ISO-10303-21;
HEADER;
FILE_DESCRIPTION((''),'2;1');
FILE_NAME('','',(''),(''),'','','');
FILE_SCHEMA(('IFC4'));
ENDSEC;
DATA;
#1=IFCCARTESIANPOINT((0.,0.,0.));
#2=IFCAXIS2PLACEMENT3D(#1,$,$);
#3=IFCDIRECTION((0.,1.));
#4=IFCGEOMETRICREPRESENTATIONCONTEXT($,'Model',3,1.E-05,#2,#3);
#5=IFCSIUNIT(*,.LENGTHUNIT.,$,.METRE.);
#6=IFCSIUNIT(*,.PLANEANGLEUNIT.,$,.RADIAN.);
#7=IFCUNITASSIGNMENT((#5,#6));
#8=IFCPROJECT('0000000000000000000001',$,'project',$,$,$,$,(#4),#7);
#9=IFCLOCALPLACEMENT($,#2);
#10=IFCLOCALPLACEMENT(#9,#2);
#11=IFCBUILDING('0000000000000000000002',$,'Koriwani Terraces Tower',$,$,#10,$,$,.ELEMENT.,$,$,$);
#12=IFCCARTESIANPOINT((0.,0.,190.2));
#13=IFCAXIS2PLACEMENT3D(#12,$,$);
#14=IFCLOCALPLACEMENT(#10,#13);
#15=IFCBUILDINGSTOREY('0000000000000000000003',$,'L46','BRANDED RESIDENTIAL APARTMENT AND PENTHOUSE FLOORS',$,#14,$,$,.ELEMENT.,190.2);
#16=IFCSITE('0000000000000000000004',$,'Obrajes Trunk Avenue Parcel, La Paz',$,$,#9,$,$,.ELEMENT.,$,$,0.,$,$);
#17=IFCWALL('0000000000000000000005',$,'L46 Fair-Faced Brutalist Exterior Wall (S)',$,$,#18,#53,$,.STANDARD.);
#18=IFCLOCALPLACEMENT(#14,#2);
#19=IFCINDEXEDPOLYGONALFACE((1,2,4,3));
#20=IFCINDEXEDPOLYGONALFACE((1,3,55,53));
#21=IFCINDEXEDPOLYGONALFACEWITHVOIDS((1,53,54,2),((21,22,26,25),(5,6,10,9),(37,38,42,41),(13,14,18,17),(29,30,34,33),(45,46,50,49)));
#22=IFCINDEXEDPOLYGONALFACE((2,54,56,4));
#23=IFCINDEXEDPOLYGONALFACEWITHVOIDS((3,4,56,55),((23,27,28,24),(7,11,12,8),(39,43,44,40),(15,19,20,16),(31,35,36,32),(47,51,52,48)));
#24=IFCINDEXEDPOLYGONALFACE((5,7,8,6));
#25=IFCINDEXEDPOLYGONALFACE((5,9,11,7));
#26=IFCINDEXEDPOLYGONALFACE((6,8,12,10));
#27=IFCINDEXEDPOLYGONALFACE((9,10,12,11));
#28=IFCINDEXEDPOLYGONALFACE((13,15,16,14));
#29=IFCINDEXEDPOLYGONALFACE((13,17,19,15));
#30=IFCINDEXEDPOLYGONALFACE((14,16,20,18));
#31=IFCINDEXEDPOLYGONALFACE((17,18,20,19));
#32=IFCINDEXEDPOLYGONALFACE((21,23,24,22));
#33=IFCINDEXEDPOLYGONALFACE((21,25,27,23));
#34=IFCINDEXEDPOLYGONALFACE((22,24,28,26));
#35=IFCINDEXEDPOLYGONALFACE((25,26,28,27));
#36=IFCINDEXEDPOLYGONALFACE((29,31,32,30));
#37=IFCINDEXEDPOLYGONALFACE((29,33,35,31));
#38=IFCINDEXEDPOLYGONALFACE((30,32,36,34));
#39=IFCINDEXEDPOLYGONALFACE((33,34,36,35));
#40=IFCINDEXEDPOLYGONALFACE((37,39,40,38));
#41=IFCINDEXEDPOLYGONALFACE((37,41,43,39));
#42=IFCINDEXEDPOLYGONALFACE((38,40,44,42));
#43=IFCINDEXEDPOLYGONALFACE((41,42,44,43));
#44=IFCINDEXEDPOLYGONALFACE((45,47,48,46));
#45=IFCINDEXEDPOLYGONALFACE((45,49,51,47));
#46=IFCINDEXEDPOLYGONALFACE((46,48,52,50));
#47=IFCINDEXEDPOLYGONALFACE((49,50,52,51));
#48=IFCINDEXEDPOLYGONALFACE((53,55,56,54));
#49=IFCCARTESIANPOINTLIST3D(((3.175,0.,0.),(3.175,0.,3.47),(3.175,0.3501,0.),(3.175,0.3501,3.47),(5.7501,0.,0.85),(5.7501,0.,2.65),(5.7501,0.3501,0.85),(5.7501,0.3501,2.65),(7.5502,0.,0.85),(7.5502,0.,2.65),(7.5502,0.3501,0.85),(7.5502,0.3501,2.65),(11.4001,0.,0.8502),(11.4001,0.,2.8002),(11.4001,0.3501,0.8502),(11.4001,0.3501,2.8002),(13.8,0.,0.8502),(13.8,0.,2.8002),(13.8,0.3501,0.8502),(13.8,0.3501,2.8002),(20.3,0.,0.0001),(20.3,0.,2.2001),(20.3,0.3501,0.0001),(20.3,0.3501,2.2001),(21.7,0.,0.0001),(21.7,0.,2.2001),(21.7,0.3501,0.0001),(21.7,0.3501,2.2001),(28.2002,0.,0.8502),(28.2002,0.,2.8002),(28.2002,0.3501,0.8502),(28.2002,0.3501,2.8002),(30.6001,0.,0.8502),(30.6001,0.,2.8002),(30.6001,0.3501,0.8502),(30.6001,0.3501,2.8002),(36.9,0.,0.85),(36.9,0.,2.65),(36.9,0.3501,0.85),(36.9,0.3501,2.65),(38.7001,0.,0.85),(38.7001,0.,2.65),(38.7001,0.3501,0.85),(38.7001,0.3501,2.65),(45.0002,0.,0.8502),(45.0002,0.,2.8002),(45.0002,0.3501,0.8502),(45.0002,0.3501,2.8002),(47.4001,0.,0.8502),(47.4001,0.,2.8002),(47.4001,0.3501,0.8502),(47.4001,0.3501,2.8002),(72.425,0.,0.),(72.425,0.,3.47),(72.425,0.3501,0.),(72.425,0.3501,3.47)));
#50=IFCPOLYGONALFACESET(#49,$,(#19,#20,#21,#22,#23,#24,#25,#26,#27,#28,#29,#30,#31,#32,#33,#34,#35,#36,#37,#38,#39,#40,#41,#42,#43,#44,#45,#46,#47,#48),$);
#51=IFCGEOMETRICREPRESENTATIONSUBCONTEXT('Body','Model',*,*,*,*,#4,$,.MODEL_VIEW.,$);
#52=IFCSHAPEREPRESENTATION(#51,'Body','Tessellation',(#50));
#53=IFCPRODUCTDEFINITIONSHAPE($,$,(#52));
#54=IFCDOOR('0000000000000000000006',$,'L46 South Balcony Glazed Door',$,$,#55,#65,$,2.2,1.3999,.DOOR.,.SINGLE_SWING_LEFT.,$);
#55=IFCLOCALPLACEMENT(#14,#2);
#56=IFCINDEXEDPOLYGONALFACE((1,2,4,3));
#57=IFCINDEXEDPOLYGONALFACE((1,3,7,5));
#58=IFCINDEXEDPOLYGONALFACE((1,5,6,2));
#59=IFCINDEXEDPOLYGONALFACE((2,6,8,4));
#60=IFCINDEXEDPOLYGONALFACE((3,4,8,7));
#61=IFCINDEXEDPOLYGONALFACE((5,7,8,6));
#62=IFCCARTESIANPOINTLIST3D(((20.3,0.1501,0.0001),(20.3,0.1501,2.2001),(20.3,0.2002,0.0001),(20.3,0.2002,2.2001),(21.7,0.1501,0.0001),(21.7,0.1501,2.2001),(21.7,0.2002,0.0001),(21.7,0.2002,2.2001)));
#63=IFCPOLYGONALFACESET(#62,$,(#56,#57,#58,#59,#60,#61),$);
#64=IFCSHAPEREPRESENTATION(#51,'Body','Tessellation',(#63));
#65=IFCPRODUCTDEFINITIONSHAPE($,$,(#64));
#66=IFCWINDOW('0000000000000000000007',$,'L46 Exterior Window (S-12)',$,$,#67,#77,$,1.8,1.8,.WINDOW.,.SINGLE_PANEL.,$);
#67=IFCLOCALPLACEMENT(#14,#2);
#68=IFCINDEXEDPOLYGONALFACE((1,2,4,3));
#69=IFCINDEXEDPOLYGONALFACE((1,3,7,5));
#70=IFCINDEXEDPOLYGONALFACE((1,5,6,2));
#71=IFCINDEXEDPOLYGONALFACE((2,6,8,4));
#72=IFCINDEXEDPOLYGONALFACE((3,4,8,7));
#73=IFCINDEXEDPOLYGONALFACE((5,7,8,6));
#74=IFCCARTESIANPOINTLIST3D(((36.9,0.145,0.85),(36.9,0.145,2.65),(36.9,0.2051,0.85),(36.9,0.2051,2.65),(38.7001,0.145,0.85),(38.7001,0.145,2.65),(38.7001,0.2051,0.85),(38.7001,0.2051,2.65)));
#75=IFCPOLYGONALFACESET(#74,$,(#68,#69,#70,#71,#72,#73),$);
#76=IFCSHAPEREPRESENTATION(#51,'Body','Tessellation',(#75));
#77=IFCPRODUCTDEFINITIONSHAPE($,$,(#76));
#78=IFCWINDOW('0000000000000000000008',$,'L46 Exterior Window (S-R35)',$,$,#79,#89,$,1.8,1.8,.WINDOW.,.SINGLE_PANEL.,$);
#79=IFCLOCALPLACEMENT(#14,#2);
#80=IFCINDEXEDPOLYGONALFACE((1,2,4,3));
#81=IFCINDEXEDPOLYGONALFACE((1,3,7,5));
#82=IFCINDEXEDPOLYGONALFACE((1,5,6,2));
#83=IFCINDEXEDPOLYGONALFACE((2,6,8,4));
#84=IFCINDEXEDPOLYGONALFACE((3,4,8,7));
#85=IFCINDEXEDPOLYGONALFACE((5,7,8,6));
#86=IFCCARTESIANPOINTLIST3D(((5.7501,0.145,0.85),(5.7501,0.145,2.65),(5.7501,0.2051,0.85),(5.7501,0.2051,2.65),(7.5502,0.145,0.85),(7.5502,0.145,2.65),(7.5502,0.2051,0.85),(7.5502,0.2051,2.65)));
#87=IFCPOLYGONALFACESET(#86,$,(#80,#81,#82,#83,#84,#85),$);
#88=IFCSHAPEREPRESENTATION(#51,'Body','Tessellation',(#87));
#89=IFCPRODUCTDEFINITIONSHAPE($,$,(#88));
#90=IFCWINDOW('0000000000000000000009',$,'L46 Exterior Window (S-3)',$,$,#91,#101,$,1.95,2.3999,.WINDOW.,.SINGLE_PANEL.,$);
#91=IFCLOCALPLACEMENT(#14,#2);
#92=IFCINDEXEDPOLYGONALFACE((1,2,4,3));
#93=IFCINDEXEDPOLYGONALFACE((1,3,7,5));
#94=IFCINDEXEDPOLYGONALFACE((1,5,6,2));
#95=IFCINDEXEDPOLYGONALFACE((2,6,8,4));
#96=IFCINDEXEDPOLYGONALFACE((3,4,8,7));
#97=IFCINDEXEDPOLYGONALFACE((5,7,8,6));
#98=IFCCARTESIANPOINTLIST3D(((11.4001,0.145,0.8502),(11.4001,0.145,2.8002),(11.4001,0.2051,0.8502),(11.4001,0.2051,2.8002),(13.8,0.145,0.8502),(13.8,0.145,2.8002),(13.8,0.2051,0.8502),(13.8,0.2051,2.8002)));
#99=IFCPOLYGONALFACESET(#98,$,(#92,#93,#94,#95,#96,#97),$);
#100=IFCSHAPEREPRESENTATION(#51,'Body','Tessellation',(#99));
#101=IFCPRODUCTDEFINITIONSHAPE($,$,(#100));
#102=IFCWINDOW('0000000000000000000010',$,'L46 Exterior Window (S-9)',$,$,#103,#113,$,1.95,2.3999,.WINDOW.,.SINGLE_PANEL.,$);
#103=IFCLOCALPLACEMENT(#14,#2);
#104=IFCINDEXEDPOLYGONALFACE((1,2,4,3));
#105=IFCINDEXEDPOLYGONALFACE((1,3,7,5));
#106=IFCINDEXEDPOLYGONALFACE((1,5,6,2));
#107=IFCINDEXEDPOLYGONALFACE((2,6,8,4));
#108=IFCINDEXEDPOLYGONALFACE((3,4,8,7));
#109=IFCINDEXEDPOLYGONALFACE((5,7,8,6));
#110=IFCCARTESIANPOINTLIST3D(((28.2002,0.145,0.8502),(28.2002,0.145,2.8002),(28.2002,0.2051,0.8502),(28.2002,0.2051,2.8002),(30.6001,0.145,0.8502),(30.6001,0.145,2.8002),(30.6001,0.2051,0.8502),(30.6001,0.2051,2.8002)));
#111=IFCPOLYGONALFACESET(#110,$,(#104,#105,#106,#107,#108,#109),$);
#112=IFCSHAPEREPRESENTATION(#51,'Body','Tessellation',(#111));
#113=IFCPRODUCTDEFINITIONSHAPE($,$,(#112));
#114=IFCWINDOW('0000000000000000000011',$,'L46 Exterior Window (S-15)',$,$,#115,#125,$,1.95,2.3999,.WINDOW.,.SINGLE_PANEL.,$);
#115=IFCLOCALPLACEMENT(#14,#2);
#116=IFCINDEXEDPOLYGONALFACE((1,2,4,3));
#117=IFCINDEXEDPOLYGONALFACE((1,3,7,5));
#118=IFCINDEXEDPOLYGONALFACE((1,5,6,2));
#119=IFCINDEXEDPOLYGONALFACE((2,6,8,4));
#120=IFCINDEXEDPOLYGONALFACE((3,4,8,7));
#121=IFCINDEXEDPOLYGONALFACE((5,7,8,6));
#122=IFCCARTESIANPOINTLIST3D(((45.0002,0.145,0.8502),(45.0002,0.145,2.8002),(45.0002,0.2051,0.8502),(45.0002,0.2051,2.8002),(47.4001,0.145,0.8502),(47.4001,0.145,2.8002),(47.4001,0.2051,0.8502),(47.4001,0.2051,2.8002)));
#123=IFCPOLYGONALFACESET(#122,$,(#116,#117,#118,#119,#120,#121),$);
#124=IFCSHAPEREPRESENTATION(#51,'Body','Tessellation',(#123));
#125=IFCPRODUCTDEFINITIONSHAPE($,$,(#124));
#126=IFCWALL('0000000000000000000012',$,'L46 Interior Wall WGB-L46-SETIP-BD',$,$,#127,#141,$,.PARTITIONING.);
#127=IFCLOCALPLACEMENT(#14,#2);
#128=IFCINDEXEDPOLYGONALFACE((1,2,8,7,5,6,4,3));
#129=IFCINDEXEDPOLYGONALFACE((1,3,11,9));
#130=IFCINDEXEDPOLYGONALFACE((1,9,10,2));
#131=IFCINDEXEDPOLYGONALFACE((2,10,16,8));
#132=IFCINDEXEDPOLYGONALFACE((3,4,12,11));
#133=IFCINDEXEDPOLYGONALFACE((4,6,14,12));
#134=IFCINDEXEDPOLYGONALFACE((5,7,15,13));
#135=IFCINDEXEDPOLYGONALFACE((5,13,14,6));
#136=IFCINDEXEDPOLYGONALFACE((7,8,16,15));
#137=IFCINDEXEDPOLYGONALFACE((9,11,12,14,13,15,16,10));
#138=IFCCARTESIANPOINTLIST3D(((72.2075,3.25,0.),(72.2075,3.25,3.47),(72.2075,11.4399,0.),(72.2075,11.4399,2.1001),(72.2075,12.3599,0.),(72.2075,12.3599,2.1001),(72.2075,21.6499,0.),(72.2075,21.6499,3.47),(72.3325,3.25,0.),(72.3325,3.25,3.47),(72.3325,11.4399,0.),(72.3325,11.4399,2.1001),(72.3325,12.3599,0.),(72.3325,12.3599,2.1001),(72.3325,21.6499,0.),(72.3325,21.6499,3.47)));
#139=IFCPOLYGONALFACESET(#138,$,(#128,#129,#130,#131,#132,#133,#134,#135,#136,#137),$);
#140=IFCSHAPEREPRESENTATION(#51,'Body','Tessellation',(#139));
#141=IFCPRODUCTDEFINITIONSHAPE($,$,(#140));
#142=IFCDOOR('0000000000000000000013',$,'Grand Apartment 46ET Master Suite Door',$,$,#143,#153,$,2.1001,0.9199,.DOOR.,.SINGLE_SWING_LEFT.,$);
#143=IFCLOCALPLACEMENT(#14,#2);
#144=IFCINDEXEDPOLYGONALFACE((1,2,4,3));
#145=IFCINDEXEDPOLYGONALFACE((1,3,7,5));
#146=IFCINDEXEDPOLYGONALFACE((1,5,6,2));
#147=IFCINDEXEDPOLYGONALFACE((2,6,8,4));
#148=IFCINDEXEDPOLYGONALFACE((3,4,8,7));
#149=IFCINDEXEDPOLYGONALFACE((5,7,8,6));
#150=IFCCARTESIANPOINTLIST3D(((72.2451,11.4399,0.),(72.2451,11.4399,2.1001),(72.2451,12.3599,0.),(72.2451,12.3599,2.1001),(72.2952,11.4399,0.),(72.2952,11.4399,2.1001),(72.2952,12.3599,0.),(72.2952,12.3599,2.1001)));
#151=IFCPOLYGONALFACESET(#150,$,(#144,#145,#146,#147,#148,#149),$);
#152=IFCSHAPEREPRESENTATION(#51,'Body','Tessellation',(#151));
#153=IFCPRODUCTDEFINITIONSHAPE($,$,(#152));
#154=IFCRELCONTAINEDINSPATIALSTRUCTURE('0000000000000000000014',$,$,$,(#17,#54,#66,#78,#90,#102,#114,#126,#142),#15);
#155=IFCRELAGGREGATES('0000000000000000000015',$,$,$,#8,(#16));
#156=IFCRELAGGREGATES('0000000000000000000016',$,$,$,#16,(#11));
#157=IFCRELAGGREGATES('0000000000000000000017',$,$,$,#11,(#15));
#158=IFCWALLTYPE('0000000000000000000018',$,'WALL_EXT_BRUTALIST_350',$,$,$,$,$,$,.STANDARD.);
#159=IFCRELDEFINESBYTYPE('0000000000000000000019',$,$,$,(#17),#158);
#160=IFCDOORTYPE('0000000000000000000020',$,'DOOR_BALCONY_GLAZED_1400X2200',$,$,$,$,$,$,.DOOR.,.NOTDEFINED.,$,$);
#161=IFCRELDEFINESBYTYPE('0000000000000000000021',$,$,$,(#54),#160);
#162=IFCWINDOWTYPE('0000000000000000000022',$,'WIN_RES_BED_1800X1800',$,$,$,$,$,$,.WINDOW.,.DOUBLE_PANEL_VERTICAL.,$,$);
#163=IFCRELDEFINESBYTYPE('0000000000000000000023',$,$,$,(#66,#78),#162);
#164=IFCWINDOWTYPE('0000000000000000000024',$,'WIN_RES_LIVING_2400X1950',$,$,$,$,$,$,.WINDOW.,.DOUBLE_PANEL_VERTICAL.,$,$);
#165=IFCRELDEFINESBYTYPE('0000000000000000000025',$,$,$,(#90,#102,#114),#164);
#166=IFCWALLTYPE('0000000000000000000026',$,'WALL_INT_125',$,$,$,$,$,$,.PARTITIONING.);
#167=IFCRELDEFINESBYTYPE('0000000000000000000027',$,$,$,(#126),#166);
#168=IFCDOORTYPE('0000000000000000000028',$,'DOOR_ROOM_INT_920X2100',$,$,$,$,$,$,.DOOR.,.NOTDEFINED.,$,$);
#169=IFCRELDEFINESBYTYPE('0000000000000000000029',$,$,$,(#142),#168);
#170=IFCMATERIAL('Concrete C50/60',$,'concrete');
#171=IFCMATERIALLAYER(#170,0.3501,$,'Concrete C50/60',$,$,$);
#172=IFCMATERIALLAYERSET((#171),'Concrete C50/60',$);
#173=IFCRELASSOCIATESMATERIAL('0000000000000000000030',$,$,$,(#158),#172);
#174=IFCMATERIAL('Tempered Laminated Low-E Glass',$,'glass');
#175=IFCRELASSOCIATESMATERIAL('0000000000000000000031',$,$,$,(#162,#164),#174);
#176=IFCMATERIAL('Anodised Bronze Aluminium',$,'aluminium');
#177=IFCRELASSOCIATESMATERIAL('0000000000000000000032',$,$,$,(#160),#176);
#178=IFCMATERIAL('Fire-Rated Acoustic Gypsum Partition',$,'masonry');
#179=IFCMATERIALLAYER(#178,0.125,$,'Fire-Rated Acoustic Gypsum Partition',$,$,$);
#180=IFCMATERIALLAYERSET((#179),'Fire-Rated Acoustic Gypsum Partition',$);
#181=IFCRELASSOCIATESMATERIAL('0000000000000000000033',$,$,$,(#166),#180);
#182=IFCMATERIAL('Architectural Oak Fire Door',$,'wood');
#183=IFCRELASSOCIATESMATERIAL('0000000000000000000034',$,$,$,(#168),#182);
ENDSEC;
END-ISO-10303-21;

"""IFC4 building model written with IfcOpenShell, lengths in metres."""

from ifc_helpers import new_model, si_unit, direction, frame, frame_2d, origin, place, context, subcontext, project, spatial, rectangle, extrude, material, layer, layer_set, type_object, element, fill, save


model = new_model("IFC4")

# Units and contexts
model_context = context("Model", 3, precision=1e-05, world=origin(), true_north=direction((0.0, 1.0)))
body_context = subcontext(model_context, "Body", "Model", "MODEL_VIEW")
ifc_project = project(units=[si_unit("LENGTHUNIT", "METRE"), si_unit("PLANEANGLEUNIT", "RADIAN")], contexts=[model_context])

# Site, building, storey
site_placement = place(None, origin())
site = spatial("IfcSite", under=ifc_project, at=site_placement, Name="Obrajes Trunk Avenue Parcel, La Paz", CompositionType="ELEMENT", RefElevation=0.0)
building_placement = place(site_placement, origin())
building = spatial("IfcBuilding", under=site, at=building_placement, Name="Koriwani Terraces Tower", CompositionType="ELEMENT")
storey_placement = place(building_placement, frame((0.0, 0.0, 190.2)))
storey = spatial("IfcBuildingStorey", under=building, at=storey_placement, Name="L46", Description="BRANDED RESIDENTIAL APARTMENT AND PENTHOUSE FLOORS", CompositionType="ELEMENT", Elevation=190.2)

# Shared definitions
ifc_material_1 = material(Name="Concrete C50/60", Category="concrete")

# Shared definitions
ifc_layer_1 = layer(ifc_material_1, 0.3501, Name="Concrete C50/60")
ifc_layer_set_1 = layer_set([ifc_layer_1], Name="Concrete C50/60")
wall_type_1 = type_object("IfcWallType", Name="WALL_EXT_BRUTALIST_350", PredefinedType="STANDARD", material=ifc_layer_set_1)
ifc_material_2 = material(Name="Tempered Laminated Low-E Glass", Category="glass")
window_type_1 = type_object("IfcWindowType", Name="WIN_RES_BED_1800X1800", PartitioningType="DOUBLE_PANEL_VERTICAL", PredefinedType="WINDOW", material=ifc_material_2)

# Wall, openings, door, windows
wall_1_placement = place(storey_placement, frame((72.425, 0.175, 0.0), z_axis=(0.0, 0.0, 1.0), x_axis=(-1.0, 0.0, 0.0)))
wall_1 = element("IfcWall", 1, at=wall_1_placement, inside=storey, type_object=wall_type_1, Name="L46 Fair-Faced Brutalist Exterior Wall (S)", PredefinedType="STANDARD", context=body_context, shape_type="SweptSolid", body=[
    extrude(rectangle(XDim=69.25, YDim=0.3501, at=frame_2d((34.625, 0.0))), origin(), (0.0, 0.0, 1.0), 3.47),
])
opening_1_placement = place(wall_1_placement, frame((50.7251, 0.0, 0.0)))
opening_1 = element("IfcOpeningElement", 2, at=opening_1_placement, cuts=wall_1, PredefinedType="OPENING", context=body_context, shape_type="SweptSolid", body=[
    extrude(rectangle(XDim=1.3999, YDim=2.2, at=frame_2d((0.7, 1.1001))), frame((0.0, 0.1851, 0.0), z_axis=(0.0, -1.0, 0.0), x_axis=(1.0, 0.0, 0.0)), (0.0, 0.0, 1.0), 0.3701),
])
opening_2_placement = place(wall_1_placement, frame((58.625, 0.0, 0.8501)))
opening_2 = element("IfcOpeningElement", 3, at=opening_2_placement, cuts=wall_1, PredefinedType="OPENING", context=body_context, shape_type="SweptSolid", body=[
    extrude(rectangle(XDim=2.3999, YDim=1.95, at=frame_2d((1.2, 0.9751))), frame((0.0, 0.1851, 0.0), z_axis=(0.0, -1.0, 0.0), x_axis=(1.0, 0.0, 0.0)), (0.0, 0.0, 1.0), 0.3701),
])
opening_3_placement = place(wall_1_placement, frame((41.825, 0.0, 0.8501)))
opening_3 = element("IfcOpeningElement", 4, at=opening_3_placement, cuts=wall_1, PredefinedType="OPENING", context=body_context, shape_type="SweptSolid", body=[
    extrude(rectangle(XDim=2.3999, YDim=1.95, at=frame_2d((1.2, 0.9751))), frame((0.0, 0.1851, 0.0), z_axis=(0.0, -1.0, 0.0), x_axis=(1.0, 0.0, 0.0)), (0.0, 0.0, 1.0), 0.3701),
])
opening_4_placement = place(wall_1_placement, frame((33.7251, 0.0, 0.8501)))
opening_4 = element("IfcOpeningElement", 5, at=opening_4_placement, cuts=wall_1, PredefinedType="OPENING", context=body_context, shape_type="SweptSolid", body=[
    extrude(rectangle(XDim=1.8, YDim=1.8, at=frame_2d((0.8999, 0.8999))), frame((0.0, 0.1851, 0.0), z_axis=(0.0, -1.0, 0.0), x_axis=(1.0, 0.0, 0.0)), (0.0, 0.0, 1.0), 0.3701),
])
opening_5_placement = place(wall_1_placement, frame((25.0249, 0.0, 0.8501)))
opening_5 = element("IfcOpeningElement", 6, at=opening_5_placement, cuts=wall_1, PredefinedType="OPENING", context=body_context, shape_type="SweptSolid", body=[
    extrude(rectangle(XDim=2.3999, YDim=1.95, at=frame_2d((1.2, 0.9751))), frame((0.0, 0.1851, 0.0), z_axis=(0.0, -1.0, 0.0), x_axis=(1.0, 0.0, 0.0)), (0.0, 0.0, 1.0), 0.3701),
])
opening_6_placement = place(wall_1_placement, frame((64.875, 0.0, 0.8501)))
opening_6 = element("IfcOpeningElement", 7, at=opening_6_placement, cuts=wall_1, PredefinedType="OPENING", context=body_context, shape_type="SweptSolid", body=[
    extrude(rectangle(XDim=1.8, YDim=1.8, at=frame_2d((0.8999, 0.8999))), frame((0.0, 0.1851, 0.0), z_axis=(0.0, -1.0, 0.0), x_axis=(1.0, 0.0, 0.0)), (0.0, 0.0, 1.0), 0.3701),
])
ifc_material_3 = material(Name="Anodised Bronze Aluminium", Category="aluminium")
door_type_1 = type_object("IfcDoorType", Name="DOOR_BALCONY_GLAZED_1400X2200", OperationType="NOTDEFINED", PredefinedType="DOOR", material=ifc_material_3)
door_1_placement = place(opening_1_placement, origin())
door_1 = element("IfcDoor", 8, at=door_1_placement, inside=storey, type_object=door_type_1, Name="L46 South Balcony Glazed Door", OperationType="SINGLE_SWING_LEFT", OverallHeight=2.2, OverallWidth=1.3999, PredefinedType="DOOR", context=body_context, shape_type="SweptSolid", body=[
    extrude(rectangle(XDim=1.3999, YDim=2.2, at=frame_2d((0.7, 1.1001))), frame((0.0, 0.0249, 0.0), z_axis=(0.0, -1.0, 0.0), x_axis=(1.0, 0.0, 0.0)), (0.0, 0.0, 1.0), 0.05),
])
fill(opening_1, door_1)
window_1_placement = place(opening_4_placement, origin())
window_1 = element("IfcWindow", 9, at=window_1_placement, inside=storey, type_object=window_type_1, Name="L46 Exterior Window (S-12)", OverallHeight=1.8, OverallWidth=1.8, PartitioningType="SINGLE_PANEL", PredefinedType="WINDOW", context=body_context, shape_type="SweptSolid", body=[
    extrude(rectangle(XDim=1.8, YDim=1.8, at=frame_2d((0.8999, 0.8999))), frame((0.0, 0.03, 0.0), z_axis=(0.0, -1.0, 0.0), x_axis=(1.0, 0.0, 0.0)), (0.0, 0.0, 1.0), 0.0601),
])
fill(opening_4, window_1)
window_2_placement = place(opening_6_placement, origin())
window_2 = element("IfcWindow", 10, at=window_2_placement, inside=storey, type_object=window_type_1, Name="L46 Exterior Window (S-R35)", OverallHeight=1.8, OverallWidth=1.8, PartitioningType="SINGLE_PANEL", PredefinedType="WINDOW", context=body_context, shape_type="SweptSolid", body=[
    extrude(rectangle(XDim=1.8, YDim=1.8, at=frame_2d((0.8999, 0.8999))), frame((0.0, 0.03, 0.0), z_axis=(0.0, -1.0, 0.0), x_axis=(1.0, 0.0, 0.0)), (0.0, 0.0, 1.0), 0.0601),
])
fill(opening_6, window_2)
window_type_2 = type_object("IfcWindowType", Name="WIN_RES_LIVING_2400X1950", PartitioningType="DOUBLE_PANEL_VERTICAL", PredefinedType="WINDOW", material=ifc_material_2)
window_3_placement = place(opening_2_placement, origin())
window_3 = element("IfcWindow", 11, at=window_3_placement, inside=storey, type_object=window_type_2, Name="L46 Exterior Window (S-3)", OverallHeight=1.95, OverallWidth=2.3999, PartitioningType="SINGLE_PANEL", PredefinedType="WINDOW", context=body_context, shape_type="SweptSolid", body=[
    extrude(rectangle(XDim=2.3999, YDim=1.95, at=frame_2d((1.2, 0.9751))), frame((0.0, 0.03, 0.0), z_axis=(0.0, -1.0, 0.0), x_axis=(1.0, 0.0, 0.0)), (0.0, 0.0, 1.0), 0.0601),
])
fill(opening_2, window_3)
window_4_placement = place(opening_3_placement, origin())
window_4 = element("IfcWindow", 12, at=window_4_placement, inside=storey, type_object=window_type_2, Name="L46 Exterior Window (S-9)", OverallHeight=1.95, OverallWidth=2.3999, PartitioningType="SINGLE_PANEL", PredefinedType="WINDOW", context=body_context, shape_type="SweptSolid", body=[
    extrude(rectangle(XDim=2.3999, YDim=1.95, at=frame_2d((1.2, 0.9751))), frame((0.0, 0.03, 0.0), z_axis=(0.0, -1.0, 0.0), x_axis=(1.0, 0.0, 0.0)), (0.0, 0.0, 1.0), 0.0601),
])
fill(opening_3, window_4)
window_5_placement = place(opening_5_placement, origin())
window_5 = element("IfcWindow", 13, at=window_5_placement, inside=storey, type_object=window_type_2, Name="L46 Exterior Window (S-15)", OverallHeight=1.95, OverallWidth=2.3999, PartitioningType="SINGLE_PANEL", PredefinedType="WINDOW", context=body_context, shape_type="SweptSolid", body=[
    extrude(rectangle(XDim=2.3999, YDim=1.95, at=frame_2d((1.2, 0.9751))), frame((0.0, 0.03, 0.0), z_axis=(0.0, -1.0, 0.0), x_axis=(1.0, 0.0, 0.0)), (0.0, 0.0, 1.0), 0.0601),
])
fill(opening_5, window_5)

# Wall, opening, door
ifc_material_4 = material(Name="Fire-Rated Acoustic Gypsum Partition", Category="masonry")
ifc_layer_2 = layer(ifc_material_4, 0.125, Name="Fire-Rated Acoustic Gypsum Partition")
ifc_layer_set_2 = layer_set([ifc_layer_2], Name="Fire-Rated Acoustic Gypsum Partition")
wall_type_2 = type_object("IfcWallType", Name="WALL_INT_125", PredefinedType="PARTITIONING", material=ifc_layer_set_2)
wall_2_placement = place(storey_placement, frame((72.27, 3.25, 0.0), z_axis=(0.0, 0.0, 1.0), x_axis=(0.0, 1.0, 0.0)))
wall_2 = element("IfcWall", 14, at=wall_2_placement, inside=storey, type_object=wall_type_2, Name="L46 Interior Wall WGB-L46-SETIP-BD", PredefinedType="PARTITIONING", context=body_context, shape_type="SweptSolid", body=[
    extrude(rectangle(XDim=18.3999, YDim=0.125, at=frame_2d((9.2, 0.0))), origin(), (0.0, 0.0, 1.0), 3.47),
])
opening_7_placement = place(wall_2_placement, frame((8.1899, 0.0, 0.0)))
opening_7 = element("IfcOpeningElement", 15, at=opening_7_placement, cuts=wall_2, PredefinedType="OPENING", context=body_context, shape_type="SweptSolid", body=[
    extrude(rectangle(XDim=0.9199, YDim=2.1001, at=frame_2d((0.46, 1.05))), frame((0.0, 0.0725, 0.0), z_axis=(0.0, -1.0, 0.0), x_axis=(1.0, 0.0, 0.0)), (0.0, 0.0, 1.0), 0.145),
])
ifc_material_5 = material(Name="Architectural Oak Fire Door", Category="wood")
door_type_2 = type_object("IfcDoorType", Name="DOOR_ROOM_INT_920X2100", OperationType="NOTDEFINED", PredefinedType="DOOR", material=ifc_material_5)
door_2_placement = place(opening_7_placement, origin())
door_2 = element("IfcDoor", 16, at=door_2_placement, inside=storey, type_object=door_type_2, Name="Grand Apartment 46ET Master Suite Door", OperationType="SINGLE_SWING_LEFT", OverallHeight=2.1001, OverallWidth=0.9199, PredefinedType="DOOR", context=body_context, shape_type="SweptSolid", body=[
    extrude(rectangle(XDim=0.9199, YDim=2.1001, at=frame_2d((0.46, 1.05))), frame((0.0, 0.0249, 0.0), z_axis=(0.0, -1.0, 0.0), x_axis=(1.0, 0.0, 0.0)), (0.0, 0.0, 1.0), 0.05),
])
fill(opening_7, door_2)

save(model, "model.ifc")
